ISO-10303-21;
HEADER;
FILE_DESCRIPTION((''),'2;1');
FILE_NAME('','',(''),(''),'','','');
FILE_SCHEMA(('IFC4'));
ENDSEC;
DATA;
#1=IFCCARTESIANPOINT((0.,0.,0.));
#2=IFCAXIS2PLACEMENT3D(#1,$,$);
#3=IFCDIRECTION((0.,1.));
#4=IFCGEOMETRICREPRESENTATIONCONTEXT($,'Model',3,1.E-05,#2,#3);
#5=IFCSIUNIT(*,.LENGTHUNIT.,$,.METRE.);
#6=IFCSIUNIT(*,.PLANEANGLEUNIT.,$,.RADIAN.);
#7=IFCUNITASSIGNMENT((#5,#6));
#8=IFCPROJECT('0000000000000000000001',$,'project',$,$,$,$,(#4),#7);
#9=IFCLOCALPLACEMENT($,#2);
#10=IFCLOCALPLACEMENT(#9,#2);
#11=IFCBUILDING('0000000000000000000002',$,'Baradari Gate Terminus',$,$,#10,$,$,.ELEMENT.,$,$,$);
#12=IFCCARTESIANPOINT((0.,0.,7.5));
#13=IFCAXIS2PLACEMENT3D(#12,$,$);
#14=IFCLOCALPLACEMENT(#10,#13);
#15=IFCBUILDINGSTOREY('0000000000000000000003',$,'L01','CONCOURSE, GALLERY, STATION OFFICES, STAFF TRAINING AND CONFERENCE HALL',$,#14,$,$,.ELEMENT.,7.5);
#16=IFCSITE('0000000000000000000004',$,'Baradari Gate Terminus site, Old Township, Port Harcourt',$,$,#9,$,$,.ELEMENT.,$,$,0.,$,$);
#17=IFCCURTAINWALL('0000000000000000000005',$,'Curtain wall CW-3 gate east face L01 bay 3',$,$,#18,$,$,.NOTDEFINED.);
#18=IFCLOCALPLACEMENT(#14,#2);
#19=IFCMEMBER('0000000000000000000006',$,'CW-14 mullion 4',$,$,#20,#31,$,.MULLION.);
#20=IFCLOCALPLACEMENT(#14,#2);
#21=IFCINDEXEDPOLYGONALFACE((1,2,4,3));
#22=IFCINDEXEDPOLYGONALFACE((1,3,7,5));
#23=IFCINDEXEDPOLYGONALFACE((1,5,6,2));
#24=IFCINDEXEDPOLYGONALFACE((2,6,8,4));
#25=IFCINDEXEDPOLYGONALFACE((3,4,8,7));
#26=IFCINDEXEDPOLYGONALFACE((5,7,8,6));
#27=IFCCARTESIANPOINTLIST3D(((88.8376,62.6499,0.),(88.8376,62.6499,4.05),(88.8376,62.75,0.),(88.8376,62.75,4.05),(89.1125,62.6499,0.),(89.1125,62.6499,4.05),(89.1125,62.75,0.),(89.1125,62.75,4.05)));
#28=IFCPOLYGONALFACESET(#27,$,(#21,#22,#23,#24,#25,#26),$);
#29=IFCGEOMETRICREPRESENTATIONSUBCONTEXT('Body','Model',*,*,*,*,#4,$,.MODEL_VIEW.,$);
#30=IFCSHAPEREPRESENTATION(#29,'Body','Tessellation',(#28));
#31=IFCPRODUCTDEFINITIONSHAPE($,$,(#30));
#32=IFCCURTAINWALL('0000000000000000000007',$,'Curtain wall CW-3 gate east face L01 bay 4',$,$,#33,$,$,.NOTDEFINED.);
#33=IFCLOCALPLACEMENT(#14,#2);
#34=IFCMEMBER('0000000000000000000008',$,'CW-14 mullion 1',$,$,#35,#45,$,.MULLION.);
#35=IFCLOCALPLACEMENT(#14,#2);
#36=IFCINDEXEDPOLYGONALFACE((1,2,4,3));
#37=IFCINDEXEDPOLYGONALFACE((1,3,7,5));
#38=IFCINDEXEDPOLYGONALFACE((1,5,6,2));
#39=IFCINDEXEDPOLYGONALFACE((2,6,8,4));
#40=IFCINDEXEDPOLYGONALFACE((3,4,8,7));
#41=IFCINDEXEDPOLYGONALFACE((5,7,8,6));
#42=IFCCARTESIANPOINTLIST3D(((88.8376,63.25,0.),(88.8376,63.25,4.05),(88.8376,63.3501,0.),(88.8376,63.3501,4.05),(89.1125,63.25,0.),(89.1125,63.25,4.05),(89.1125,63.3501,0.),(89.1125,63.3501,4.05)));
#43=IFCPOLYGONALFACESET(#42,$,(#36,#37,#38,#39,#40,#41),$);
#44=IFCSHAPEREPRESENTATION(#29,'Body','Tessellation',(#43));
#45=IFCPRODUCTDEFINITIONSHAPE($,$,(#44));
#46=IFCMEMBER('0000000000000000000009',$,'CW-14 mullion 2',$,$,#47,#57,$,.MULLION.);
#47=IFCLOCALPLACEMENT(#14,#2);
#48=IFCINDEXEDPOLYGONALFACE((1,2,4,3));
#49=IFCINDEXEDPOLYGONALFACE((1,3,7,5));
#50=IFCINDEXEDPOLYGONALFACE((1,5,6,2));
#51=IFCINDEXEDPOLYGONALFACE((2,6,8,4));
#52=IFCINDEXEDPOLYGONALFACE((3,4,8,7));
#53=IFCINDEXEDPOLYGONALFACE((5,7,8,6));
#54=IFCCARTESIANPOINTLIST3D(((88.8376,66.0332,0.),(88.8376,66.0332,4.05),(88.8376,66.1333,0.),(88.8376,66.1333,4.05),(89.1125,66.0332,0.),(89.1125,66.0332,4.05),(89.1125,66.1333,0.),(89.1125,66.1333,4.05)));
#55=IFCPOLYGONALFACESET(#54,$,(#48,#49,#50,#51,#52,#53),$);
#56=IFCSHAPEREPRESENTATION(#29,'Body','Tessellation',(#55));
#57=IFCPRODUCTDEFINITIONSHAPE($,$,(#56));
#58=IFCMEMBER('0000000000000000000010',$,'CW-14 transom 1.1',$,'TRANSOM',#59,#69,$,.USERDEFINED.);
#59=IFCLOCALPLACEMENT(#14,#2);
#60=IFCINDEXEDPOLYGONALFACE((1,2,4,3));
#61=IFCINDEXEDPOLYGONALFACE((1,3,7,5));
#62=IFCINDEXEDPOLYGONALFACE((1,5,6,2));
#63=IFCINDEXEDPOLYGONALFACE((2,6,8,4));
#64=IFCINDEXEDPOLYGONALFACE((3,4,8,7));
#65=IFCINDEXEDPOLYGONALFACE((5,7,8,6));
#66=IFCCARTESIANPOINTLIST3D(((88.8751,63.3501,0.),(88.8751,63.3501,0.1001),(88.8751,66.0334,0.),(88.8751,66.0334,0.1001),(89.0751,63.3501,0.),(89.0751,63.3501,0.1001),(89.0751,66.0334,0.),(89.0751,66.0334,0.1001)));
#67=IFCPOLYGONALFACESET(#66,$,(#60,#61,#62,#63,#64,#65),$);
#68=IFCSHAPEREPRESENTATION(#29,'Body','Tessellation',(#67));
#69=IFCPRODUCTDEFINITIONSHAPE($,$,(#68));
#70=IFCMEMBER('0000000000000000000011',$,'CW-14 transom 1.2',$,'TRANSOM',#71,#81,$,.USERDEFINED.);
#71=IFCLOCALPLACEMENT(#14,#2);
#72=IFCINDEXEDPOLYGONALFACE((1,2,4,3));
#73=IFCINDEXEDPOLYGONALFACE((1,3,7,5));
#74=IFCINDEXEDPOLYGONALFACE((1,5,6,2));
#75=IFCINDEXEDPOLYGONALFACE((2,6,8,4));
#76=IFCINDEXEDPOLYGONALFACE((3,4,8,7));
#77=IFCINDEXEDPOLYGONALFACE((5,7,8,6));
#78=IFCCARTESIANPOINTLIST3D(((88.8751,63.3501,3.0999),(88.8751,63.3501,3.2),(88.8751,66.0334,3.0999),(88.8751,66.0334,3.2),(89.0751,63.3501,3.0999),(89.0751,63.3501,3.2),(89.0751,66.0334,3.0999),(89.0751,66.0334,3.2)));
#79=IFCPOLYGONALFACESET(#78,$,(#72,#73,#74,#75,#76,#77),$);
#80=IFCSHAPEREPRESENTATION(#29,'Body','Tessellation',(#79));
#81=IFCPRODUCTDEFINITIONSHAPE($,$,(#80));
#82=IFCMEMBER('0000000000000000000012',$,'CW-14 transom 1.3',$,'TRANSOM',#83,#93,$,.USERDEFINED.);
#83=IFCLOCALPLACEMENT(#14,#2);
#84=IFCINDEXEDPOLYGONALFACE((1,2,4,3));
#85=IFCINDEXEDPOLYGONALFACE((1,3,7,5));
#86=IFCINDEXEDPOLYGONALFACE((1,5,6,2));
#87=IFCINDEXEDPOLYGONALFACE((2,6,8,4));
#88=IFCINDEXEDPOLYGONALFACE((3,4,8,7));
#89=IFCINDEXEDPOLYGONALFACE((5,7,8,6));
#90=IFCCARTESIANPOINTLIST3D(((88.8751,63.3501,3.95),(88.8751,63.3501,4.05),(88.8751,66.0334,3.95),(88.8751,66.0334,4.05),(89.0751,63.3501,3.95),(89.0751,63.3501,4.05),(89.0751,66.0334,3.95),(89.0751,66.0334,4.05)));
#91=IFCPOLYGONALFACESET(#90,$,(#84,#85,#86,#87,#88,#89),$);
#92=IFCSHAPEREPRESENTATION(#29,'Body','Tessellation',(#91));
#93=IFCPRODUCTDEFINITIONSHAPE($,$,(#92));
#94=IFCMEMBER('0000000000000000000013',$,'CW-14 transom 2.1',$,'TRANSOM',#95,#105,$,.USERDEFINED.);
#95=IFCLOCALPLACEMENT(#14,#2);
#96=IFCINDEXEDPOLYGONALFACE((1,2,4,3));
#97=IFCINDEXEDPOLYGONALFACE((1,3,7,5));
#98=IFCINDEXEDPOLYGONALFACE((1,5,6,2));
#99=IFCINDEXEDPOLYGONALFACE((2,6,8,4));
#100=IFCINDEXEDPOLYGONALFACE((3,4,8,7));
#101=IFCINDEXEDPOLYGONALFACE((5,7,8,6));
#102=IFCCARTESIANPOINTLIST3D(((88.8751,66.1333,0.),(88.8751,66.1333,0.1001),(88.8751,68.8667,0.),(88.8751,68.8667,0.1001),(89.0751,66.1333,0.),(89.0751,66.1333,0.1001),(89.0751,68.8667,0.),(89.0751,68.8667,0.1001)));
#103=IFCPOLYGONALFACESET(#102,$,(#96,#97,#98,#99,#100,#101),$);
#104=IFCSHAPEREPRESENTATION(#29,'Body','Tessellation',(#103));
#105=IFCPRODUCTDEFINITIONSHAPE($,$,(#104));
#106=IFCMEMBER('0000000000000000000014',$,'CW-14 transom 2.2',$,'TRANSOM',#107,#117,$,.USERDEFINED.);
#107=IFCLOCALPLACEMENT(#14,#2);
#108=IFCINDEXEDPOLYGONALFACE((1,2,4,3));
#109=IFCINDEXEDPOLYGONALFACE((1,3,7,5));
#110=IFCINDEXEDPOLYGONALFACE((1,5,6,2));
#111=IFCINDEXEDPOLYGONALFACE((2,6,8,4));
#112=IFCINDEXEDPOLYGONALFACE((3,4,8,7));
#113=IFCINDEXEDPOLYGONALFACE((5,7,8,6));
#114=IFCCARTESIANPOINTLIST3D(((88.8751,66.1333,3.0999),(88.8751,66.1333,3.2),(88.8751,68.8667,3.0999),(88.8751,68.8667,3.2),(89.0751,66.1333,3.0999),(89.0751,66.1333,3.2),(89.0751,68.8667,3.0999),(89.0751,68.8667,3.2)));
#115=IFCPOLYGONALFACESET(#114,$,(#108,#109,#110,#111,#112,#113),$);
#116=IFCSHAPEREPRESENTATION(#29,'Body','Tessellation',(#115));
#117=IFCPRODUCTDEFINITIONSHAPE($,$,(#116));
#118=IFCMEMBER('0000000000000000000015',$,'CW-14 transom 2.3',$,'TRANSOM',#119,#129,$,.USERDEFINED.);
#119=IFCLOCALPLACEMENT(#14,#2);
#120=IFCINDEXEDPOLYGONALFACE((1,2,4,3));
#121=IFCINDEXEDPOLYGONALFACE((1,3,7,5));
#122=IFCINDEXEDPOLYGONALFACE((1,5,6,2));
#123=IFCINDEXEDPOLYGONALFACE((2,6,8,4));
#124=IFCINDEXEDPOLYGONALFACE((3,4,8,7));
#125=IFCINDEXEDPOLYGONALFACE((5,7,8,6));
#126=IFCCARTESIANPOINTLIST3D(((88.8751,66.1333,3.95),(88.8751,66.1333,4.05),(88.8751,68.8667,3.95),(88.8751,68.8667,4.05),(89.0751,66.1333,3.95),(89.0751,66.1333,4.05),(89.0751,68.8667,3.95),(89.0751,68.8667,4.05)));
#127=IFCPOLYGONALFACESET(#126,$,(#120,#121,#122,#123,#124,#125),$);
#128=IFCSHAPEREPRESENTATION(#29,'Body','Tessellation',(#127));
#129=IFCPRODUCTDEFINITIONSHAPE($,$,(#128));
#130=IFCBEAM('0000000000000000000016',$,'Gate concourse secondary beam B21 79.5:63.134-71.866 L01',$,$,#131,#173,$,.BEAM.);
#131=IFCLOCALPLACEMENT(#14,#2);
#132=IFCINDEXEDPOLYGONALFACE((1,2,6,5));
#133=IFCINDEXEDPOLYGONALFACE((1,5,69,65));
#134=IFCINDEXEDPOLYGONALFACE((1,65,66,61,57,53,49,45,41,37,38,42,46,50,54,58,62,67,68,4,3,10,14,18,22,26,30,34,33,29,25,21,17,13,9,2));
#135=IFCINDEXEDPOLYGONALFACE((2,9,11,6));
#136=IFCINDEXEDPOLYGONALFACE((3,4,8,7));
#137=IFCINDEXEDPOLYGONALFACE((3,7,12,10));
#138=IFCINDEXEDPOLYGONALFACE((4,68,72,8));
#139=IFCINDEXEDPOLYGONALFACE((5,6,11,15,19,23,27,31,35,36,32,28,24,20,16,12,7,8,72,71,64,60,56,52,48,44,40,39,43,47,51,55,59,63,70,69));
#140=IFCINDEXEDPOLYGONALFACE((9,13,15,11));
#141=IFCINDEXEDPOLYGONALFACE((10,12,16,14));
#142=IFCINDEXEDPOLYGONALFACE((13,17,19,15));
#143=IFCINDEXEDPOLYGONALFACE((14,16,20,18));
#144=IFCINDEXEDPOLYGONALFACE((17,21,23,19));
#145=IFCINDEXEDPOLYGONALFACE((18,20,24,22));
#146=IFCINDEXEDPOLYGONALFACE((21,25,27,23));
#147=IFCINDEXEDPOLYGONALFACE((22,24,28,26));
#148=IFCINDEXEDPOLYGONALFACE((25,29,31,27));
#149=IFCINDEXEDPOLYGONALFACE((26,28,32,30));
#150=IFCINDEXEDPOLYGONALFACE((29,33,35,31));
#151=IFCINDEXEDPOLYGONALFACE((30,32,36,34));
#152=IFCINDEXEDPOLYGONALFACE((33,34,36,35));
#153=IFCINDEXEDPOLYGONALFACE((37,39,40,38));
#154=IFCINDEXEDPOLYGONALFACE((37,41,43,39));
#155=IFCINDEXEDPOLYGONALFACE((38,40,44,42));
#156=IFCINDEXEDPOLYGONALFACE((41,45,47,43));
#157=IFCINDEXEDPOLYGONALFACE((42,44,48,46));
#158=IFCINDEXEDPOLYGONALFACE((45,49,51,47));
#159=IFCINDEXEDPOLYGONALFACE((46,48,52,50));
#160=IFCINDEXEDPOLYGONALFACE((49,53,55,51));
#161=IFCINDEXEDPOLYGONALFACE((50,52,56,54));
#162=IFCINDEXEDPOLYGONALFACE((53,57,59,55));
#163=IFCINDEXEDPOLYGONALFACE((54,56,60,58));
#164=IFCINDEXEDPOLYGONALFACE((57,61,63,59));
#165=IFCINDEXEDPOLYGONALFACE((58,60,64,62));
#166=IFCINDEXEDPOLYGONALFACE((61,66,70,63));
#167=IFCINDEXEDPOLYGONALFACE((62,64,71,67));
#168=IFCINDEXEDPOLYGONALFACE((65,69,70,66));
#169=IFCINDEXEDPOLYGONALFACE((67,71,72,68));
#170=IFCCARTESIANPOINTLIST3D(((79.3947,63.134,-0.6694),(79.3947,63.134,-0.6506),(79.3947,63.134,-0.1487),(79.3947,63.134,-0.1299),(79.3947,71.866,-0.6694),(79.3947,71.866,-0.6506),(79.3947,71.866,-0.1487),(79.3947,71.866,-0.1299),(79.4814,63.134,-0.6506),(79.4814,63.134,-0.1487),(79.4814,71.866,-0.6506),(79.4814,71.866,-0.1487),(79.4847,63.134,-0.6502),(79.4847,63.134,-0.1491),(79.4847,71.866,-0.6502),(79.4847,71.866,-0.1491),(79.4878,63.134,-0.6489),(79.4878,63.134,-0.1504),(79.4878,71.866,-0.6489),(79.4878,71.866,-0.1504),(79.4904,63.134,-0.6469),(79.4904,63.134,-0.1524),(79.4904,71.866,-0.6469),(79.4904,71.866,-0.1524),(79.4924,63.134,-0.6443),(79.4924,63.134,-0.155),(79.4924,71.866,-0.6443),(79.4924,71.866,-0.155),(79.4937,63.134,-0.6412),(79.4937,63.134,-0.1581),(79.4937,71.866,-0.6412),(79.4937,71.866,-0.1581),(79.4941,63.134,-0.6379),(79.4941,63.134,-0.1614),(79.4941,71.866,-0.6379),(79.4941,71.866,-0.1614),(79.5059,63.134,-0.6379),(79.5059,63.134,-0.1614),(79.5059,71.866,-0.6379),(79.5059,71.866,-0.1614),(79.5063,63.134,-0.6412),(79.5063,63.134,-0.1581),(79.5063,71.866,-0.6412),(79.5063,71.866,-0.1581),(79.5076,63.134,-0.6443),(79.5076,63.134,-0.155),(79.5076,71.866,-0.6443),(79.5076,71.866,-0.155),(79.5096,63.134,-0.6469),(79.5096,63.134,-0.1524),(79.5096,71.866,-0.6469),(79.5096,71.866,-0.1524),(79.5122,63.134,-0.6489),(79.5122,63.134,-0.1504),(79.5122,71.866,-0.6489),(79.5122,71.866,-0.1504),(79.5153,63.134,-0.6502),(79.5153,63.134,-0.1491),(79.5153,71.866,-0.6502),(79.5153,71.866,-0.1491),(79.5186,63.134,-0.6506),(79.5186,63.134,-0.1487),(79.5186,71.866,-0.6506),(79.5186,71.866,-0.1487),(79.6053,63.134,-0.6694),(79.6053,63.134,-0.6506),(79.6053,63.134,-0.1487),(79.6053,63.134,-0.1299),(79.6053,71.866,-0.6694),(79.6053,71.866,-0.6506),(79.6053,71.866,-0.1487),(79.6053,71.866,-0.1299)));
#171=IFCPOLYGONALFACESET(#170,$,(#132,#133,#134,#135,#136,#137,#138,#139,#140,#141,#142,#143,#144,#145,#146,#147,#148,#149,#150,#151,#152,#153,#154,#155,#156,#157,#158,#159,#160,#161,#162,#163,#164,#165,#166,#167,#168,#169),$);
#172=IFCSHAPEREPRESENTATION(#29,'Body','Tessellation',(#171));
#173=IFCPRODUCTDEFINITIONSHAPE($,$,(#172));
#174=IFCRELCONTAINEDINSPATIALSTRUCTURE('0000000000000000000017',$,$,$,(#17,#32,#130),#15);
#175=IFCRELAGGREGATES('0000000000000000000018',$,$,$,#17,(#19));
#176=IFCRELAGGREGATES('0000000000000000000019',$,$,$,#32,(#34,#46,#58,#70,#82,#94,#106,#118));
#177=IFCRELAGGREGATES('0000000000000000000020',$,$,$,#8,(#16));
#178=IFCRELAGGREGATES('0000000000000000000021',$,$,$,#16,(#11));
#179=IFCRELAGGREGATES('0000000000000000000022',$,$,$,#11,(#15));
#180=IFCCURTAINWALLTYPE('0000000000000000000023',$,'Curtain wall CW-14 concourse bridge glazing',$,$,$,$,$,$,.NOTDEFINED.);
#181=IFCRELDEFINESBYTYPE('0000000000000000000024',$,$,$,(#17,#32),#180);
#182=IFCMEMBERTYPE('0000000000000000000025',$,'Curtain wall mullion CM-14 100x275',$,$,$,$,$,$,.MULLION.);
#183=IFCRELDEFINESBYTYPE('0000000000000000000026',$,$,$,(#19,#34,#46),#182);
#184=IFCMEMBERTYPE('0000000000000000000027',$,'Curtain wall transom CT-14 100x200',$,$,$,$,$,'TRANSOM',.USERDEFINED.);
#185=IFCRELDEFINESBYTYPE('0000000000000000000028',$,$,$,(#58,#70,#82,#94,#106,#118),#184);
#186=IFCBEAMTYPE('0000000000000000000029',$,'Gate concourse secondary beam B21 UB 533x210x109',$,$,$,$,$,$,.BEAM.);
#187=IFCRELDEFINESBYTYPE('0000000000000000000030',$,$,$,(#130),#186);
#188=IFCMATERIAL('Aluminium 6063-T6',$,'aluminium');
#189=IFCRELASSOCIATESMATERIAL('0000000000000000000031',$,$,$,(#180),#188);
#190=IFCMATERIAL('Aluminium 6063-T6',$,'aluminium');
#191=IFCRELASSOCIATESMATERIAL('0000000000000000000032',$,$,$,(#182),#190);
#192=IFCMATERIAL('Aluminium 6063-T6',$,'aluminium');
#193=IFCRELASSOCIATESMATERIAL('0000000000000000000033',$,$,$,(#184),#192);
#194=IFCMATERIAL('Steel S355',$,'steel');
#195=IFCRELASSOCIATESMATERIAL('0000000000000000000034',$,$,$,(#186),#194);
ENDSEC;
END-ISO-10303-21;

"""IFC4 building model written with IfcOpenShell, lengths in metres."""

from ifc_helpers import new_model, si_unit, direction, frame, origin, origin_2d, place, context, subcontext, project, spatial, rectangle, i_section, extrude, material, material_profile, profile_set, type_object, element, aggregate, save


model = new_model("IFC4")

# Units and contexts
model_context = context("Model", 3, precision=1e-05, world=origin(), true_north=direction((0.0, 1.0)))
body_context = subcontext(model_context, "Body", "Model", "MODEL_VIEW")
ifc_project = project(units=[si_unit("LENGTHUNIT", "METRE"), si_unit("PLANEANGLEUNIT", "RADIAN")], contexts=[model_context])

# Site, building, storey
site_placement = place(None, origin())
site = spatial("IfcSite", under=ifc_project, at=site_placement, Name="Baradari Gate Terminus site, Old Township, Port Harcourt", CompositionType="ELEMENT", RefElevation=0.0)
building_placement = place(site_placement, origin())
building = spatial("IfcBuilding", under=site, at=building_placement, Name="Baradari Gate Terminus", CompositionType="ELEMENT")
storey_placement = place(building_placement, frame((0.0, 0.0, 7.5)))
storey = spatial("IfcBuildingStorey", under=building, at=storey_placement, Name="L01", Description="CONCOURSE, GALLERY, STATION OFFICES, STAFF TRAINING AND CONFERENCE HALL", CompositionType="ELEMENT", Elevation=7.5)

# Curtain wall, member
ifc_material_1 = material(Name="Aluminium 6063-T6", Category="aluminium")
curtain_wall_type = type_object("IfcCurtainWallType", Name="Curtain wall CW-14 concourse bridge glazing", PredefinedType="NOTDEFINED", material=ifc_material_1)
curtain_wall_1_placement = place(storey_placement, origin())
curtain_wall_1 = element("IfcCurtainWall", 1, at=curtain_wall_1_placement, inside=storey, type_object=curtain_wall_type, Name="Curtain wall CW-3 gate east face L01 bay 3", PredefinedType="NOTDEFINED")
ifc_material_2 = material(Name="Aluminium 6063-T6", Category="aluminium")
ifc_material_profile_1 = material_profile(ifc_material_2, rectangle(XDim=0.2749, YDim=0.1001, at=origin_2d()), Name="CM-14 100X275")
ifc_profile_set_1 = profile_set([ifc_material_profile_1], Name="Aluminium 6063-T6")
member_type_1 = type_object("IfcMemberType", Name="Curtain wall mullion CM-14 100x275", PredefinedType="MULLION", material=ifc_profile_set_1)
member_1_placement = place(storey_placement, frame((88.9751, 62.7, 0.0), z_axis=(0.0, 0.0, 1.0), x_axis=(-1.0, 0.0, 0.0)))
member_1 = element("IfcMember", 2, at=member_1_placement, type_object=member_type_1, Name="CW-14 mullion 4", PredefinedType="MULLION", context=body_context, shape_type="SweptSolid", body=[
    extrude(rectangle(XDim=0.2749, YDim=0.1001, at=origin_2d()), origin(), (0.0, 0.0, 1.0), 4.05),
])
aggregate(curtain_wall_1, [member_1])

# Curtain wall, members
curtain_wall_2_placement = place(storey_placement, origin())
curtain_wall_2 = element("IfcCurtainWall", 3, at=curtain_wall_2_placement, inside=storey, type_object=curtain_wall_type, Name="Curtain wall CW-3 gate east face L01 bay 4", PredefinedType="NOTDEFINED")
member_2_placement = place(storey_placement, frame((88.9751, 63.3, 0.0), z_axis=(0.0, 0.0, 1.0), x_axis=(-1.0, 0.0, 0.0)))
member_2 = element("IfcMember", 4, at=member_2_placement, type_object=member_type_1, Name="CW-14 mullion 1", PredefinedType="MULLION", context=body_context, shape_type="SweptSolid", body=[
    extrude(rectangle(XDim=0.2749, YDim=0.1001, at=origin_2d()), origin(), (0.0, 0.0, 1.0), 4.05),
])
member_3_placement = place(storey_placement, frame((88.9751, 66.0833, 0.0), z_axis=(0.0, 0.0, 1.0), x_axis=(-1.0, 0.0, 0.0)))
member_3 = element("IfcMember", 5, at=member_3_placement, type_object=member_type_1, Name="CW-14 mullion 2", PredefinedType="MULLION", context=body_context, shape_type="SweptSolid", body=[
    extrude(rectangle(XDim=0.2749, YDim=0.1001, at=origin_2d()), origin(), (0.0, 0.0, 1.0), 4.05),
])
ifc_material_3 = material(Name="Aluminium 6063-T6", Category="aluminium")
ifc_material_profile_2 = material_profile(ifc_material_3, rectangle(XDim=0.2, YDim=0.1001, at=origin_2d()), Name="CT-14 100X200")
ifc_profile_set_2 = profile_set([ifc_material_profile_2], Name="Aluminium 6063-T6")
member_type_2 = type_object("IfcMemberType", Name="Curtain wall transom CT-14 100x200", ElementType="TRANSOM", PredefinedType="USERDEFINED", material=ifc_profile_set_2)
member_4_placement = place(storey_placement, frame((88.9751, 63.3501, 0.05), z_axis=(0.0, 1.0, 0.0), x_axis=(-1.0, 0.0, 0.0)))
member_4 = element("IfcMember", 6, at=member_4_placement, type_object=member_type_2, Name="CW-14 transom 1.1", ObjectType="TRANSOM", PredefinedType="USERDEFINED", context=body_context, shape_type="SweptSolid", body=[
    extrude(rectangle(XDim=0.2, YDim=0.1001, at=origin_2d()), origin(), (0.0, 0.0, 1.0), 2.6833),
])
member_5_placement = place(storey_placement, frame((88.9751, 63.3501, 3.1499), z_axis=(0.0, 1.0, 0.0), x_axis=(-1.0, 0.0, 0.0)))
member_5 = element("IfcMember", 7, at=member_5_placement, type_object=member_type_2, Name="CW-14 transom 1.2", ObjectType="TRANSOM", PredefinedType="USERDEFINED", context=body_context, shape_type="SweptSolid", body=[
    extrude(rectangle(XDim=0.2, YDim=0.1001, at=origin_2d()), origin(), (0.0, 0.0, 1.0), 2.6833),
])
member_6_placement = place(storey_placement, frame((88.9751, 63.3501, 4.0), z_axis=(0.0, 1.0, 0.0), x_axis=(-1.0, 0.0, 0.0)))
member_6 = element("IfcMember", 8, at=member_6_placement, type_object=member_type_2, Name="CW-14 transom 1.3", ObjectType="TRANSOM", PredefinedType="USERDEFINED", context=body_context, shape_type="SweptSolid", body=[
    extrude(rectangle(XDim=0.2, YDim=0.1001, at=origin_2d()), origin(), (0.0, 0.0, 1.0), 2.6833),
])
member_7_placement = place(storey_placement, frame((88.9751, 66.1333, 0.05), z_axis=(0.0, 1.0, 0.0), x_axis=(-1.0, 0.0, 0.0)))
member_7 = element("IfcMember", 9, at=member_7_placement, type_object=member_type_2, Name="CW-14 transom 2.1", ObjectType="TRANSOM", PredefinedType="USERDEFINED", context=body_context, shape_type="SweptSolid", body=[
    extrude(rectangle(XDim=0.2, YDim=0.1001, at=origin_2d()), origin(), (0.0, 0.0, 1.0), 2.7334),
])
member_8_placement = place(storey_placement, frame((88.9751, 66.1333, 3.1499), z_axis=(0.0, 1.0, 0.0), x_axis=(-1.0, 0.0, 0.0)))
member_8 = element("IfcMember", 10, at=member_8_placement, type_object=member_type_2, Name="CW-14 transom 2.2", ObjectType="TRANSOM", PredefinedType="USERDEFINED", context=body_context, shape_type="SweptSolid", body=[
    extrude(rectangle(XDim=0.2, YDim=0.1001, at=origin_2d()), origin(), (0.0, 0.0, 1.0), 2.7334),
])
member_9_placement = place(storey_placement, frame((88.9751, 66.1333, 4.0), z_axis=(0.0, 1.0, 0.0), x_axis=(-1.0, 0.0, 0.0)))
member_9 = element("IfcMember", 11, at=member_9_placement, type_object=member_type_2, Name="CW-14 transom 2.3", ObjectType="TRANSOM", PredefinedType="USERDEFINED", context=body_context, shape_type="SweptSolid", body=[
    extrude(rectangle(XDim=0.2, YDim=0.1001, at=origin_2d()), origin(), (0.0, 0.0, 1.0), 2.7334),
])

# Beam
ifc_material_4 = material(Name="Steel S355", Category="steel")
ifc_material_profile_3 = material_profile(ifc_material_4, i_section(OverallWidth=0.2107, OverallDepth=0.5396, WebThickness=0.0117, FlangeThickness=0.0188, FilletRadius=0.0127, at=origin_2d()), Name="UB 533x210x109")
ifc_profile_set_3 = profile_set([ifc_material_profile_3], Name="Steel S355")
beam_type = type_object("IfcBeamType", Name="Gate concourse secondary beam B21 UB 533x210x109", PredefinedType="BEAM", material=ifc_profile_set_3)
for number, where, z_axis, x_axis, name in (
    (12, (79.5, 63.134, -0.3997), (0.0, 1.0, 0.0), (-1.0, 0.0, 0.0), "Gate concourse secondary beam B21 79.5:63.134-71.866 L01"),
):
    element("IfcBeam", number, at=place(storey_placement, frame(where, z_axis=z_axis, x_axis=x_axis)), inside=storey, type_object=beam_type, Name=name, PredefinedType="BEAM", context=body_context, shape_type="SweptSolid", body=[
        extrude(i_section(OverallWidth=0.2107, OverallDepth=0.5396, WebThickness=0.0117, FlangeThickness=0.0188, FilletRadius=0.0127, at=origin_2d()), origin(), (0.0, 0.0, 1.0), 8.7319),
    ])

aggregate(curtain_wall_2, [member_2, member_3, member_4, member_5, member_6, member_7, member_8, member_9])

save(model, "model.ifc")
